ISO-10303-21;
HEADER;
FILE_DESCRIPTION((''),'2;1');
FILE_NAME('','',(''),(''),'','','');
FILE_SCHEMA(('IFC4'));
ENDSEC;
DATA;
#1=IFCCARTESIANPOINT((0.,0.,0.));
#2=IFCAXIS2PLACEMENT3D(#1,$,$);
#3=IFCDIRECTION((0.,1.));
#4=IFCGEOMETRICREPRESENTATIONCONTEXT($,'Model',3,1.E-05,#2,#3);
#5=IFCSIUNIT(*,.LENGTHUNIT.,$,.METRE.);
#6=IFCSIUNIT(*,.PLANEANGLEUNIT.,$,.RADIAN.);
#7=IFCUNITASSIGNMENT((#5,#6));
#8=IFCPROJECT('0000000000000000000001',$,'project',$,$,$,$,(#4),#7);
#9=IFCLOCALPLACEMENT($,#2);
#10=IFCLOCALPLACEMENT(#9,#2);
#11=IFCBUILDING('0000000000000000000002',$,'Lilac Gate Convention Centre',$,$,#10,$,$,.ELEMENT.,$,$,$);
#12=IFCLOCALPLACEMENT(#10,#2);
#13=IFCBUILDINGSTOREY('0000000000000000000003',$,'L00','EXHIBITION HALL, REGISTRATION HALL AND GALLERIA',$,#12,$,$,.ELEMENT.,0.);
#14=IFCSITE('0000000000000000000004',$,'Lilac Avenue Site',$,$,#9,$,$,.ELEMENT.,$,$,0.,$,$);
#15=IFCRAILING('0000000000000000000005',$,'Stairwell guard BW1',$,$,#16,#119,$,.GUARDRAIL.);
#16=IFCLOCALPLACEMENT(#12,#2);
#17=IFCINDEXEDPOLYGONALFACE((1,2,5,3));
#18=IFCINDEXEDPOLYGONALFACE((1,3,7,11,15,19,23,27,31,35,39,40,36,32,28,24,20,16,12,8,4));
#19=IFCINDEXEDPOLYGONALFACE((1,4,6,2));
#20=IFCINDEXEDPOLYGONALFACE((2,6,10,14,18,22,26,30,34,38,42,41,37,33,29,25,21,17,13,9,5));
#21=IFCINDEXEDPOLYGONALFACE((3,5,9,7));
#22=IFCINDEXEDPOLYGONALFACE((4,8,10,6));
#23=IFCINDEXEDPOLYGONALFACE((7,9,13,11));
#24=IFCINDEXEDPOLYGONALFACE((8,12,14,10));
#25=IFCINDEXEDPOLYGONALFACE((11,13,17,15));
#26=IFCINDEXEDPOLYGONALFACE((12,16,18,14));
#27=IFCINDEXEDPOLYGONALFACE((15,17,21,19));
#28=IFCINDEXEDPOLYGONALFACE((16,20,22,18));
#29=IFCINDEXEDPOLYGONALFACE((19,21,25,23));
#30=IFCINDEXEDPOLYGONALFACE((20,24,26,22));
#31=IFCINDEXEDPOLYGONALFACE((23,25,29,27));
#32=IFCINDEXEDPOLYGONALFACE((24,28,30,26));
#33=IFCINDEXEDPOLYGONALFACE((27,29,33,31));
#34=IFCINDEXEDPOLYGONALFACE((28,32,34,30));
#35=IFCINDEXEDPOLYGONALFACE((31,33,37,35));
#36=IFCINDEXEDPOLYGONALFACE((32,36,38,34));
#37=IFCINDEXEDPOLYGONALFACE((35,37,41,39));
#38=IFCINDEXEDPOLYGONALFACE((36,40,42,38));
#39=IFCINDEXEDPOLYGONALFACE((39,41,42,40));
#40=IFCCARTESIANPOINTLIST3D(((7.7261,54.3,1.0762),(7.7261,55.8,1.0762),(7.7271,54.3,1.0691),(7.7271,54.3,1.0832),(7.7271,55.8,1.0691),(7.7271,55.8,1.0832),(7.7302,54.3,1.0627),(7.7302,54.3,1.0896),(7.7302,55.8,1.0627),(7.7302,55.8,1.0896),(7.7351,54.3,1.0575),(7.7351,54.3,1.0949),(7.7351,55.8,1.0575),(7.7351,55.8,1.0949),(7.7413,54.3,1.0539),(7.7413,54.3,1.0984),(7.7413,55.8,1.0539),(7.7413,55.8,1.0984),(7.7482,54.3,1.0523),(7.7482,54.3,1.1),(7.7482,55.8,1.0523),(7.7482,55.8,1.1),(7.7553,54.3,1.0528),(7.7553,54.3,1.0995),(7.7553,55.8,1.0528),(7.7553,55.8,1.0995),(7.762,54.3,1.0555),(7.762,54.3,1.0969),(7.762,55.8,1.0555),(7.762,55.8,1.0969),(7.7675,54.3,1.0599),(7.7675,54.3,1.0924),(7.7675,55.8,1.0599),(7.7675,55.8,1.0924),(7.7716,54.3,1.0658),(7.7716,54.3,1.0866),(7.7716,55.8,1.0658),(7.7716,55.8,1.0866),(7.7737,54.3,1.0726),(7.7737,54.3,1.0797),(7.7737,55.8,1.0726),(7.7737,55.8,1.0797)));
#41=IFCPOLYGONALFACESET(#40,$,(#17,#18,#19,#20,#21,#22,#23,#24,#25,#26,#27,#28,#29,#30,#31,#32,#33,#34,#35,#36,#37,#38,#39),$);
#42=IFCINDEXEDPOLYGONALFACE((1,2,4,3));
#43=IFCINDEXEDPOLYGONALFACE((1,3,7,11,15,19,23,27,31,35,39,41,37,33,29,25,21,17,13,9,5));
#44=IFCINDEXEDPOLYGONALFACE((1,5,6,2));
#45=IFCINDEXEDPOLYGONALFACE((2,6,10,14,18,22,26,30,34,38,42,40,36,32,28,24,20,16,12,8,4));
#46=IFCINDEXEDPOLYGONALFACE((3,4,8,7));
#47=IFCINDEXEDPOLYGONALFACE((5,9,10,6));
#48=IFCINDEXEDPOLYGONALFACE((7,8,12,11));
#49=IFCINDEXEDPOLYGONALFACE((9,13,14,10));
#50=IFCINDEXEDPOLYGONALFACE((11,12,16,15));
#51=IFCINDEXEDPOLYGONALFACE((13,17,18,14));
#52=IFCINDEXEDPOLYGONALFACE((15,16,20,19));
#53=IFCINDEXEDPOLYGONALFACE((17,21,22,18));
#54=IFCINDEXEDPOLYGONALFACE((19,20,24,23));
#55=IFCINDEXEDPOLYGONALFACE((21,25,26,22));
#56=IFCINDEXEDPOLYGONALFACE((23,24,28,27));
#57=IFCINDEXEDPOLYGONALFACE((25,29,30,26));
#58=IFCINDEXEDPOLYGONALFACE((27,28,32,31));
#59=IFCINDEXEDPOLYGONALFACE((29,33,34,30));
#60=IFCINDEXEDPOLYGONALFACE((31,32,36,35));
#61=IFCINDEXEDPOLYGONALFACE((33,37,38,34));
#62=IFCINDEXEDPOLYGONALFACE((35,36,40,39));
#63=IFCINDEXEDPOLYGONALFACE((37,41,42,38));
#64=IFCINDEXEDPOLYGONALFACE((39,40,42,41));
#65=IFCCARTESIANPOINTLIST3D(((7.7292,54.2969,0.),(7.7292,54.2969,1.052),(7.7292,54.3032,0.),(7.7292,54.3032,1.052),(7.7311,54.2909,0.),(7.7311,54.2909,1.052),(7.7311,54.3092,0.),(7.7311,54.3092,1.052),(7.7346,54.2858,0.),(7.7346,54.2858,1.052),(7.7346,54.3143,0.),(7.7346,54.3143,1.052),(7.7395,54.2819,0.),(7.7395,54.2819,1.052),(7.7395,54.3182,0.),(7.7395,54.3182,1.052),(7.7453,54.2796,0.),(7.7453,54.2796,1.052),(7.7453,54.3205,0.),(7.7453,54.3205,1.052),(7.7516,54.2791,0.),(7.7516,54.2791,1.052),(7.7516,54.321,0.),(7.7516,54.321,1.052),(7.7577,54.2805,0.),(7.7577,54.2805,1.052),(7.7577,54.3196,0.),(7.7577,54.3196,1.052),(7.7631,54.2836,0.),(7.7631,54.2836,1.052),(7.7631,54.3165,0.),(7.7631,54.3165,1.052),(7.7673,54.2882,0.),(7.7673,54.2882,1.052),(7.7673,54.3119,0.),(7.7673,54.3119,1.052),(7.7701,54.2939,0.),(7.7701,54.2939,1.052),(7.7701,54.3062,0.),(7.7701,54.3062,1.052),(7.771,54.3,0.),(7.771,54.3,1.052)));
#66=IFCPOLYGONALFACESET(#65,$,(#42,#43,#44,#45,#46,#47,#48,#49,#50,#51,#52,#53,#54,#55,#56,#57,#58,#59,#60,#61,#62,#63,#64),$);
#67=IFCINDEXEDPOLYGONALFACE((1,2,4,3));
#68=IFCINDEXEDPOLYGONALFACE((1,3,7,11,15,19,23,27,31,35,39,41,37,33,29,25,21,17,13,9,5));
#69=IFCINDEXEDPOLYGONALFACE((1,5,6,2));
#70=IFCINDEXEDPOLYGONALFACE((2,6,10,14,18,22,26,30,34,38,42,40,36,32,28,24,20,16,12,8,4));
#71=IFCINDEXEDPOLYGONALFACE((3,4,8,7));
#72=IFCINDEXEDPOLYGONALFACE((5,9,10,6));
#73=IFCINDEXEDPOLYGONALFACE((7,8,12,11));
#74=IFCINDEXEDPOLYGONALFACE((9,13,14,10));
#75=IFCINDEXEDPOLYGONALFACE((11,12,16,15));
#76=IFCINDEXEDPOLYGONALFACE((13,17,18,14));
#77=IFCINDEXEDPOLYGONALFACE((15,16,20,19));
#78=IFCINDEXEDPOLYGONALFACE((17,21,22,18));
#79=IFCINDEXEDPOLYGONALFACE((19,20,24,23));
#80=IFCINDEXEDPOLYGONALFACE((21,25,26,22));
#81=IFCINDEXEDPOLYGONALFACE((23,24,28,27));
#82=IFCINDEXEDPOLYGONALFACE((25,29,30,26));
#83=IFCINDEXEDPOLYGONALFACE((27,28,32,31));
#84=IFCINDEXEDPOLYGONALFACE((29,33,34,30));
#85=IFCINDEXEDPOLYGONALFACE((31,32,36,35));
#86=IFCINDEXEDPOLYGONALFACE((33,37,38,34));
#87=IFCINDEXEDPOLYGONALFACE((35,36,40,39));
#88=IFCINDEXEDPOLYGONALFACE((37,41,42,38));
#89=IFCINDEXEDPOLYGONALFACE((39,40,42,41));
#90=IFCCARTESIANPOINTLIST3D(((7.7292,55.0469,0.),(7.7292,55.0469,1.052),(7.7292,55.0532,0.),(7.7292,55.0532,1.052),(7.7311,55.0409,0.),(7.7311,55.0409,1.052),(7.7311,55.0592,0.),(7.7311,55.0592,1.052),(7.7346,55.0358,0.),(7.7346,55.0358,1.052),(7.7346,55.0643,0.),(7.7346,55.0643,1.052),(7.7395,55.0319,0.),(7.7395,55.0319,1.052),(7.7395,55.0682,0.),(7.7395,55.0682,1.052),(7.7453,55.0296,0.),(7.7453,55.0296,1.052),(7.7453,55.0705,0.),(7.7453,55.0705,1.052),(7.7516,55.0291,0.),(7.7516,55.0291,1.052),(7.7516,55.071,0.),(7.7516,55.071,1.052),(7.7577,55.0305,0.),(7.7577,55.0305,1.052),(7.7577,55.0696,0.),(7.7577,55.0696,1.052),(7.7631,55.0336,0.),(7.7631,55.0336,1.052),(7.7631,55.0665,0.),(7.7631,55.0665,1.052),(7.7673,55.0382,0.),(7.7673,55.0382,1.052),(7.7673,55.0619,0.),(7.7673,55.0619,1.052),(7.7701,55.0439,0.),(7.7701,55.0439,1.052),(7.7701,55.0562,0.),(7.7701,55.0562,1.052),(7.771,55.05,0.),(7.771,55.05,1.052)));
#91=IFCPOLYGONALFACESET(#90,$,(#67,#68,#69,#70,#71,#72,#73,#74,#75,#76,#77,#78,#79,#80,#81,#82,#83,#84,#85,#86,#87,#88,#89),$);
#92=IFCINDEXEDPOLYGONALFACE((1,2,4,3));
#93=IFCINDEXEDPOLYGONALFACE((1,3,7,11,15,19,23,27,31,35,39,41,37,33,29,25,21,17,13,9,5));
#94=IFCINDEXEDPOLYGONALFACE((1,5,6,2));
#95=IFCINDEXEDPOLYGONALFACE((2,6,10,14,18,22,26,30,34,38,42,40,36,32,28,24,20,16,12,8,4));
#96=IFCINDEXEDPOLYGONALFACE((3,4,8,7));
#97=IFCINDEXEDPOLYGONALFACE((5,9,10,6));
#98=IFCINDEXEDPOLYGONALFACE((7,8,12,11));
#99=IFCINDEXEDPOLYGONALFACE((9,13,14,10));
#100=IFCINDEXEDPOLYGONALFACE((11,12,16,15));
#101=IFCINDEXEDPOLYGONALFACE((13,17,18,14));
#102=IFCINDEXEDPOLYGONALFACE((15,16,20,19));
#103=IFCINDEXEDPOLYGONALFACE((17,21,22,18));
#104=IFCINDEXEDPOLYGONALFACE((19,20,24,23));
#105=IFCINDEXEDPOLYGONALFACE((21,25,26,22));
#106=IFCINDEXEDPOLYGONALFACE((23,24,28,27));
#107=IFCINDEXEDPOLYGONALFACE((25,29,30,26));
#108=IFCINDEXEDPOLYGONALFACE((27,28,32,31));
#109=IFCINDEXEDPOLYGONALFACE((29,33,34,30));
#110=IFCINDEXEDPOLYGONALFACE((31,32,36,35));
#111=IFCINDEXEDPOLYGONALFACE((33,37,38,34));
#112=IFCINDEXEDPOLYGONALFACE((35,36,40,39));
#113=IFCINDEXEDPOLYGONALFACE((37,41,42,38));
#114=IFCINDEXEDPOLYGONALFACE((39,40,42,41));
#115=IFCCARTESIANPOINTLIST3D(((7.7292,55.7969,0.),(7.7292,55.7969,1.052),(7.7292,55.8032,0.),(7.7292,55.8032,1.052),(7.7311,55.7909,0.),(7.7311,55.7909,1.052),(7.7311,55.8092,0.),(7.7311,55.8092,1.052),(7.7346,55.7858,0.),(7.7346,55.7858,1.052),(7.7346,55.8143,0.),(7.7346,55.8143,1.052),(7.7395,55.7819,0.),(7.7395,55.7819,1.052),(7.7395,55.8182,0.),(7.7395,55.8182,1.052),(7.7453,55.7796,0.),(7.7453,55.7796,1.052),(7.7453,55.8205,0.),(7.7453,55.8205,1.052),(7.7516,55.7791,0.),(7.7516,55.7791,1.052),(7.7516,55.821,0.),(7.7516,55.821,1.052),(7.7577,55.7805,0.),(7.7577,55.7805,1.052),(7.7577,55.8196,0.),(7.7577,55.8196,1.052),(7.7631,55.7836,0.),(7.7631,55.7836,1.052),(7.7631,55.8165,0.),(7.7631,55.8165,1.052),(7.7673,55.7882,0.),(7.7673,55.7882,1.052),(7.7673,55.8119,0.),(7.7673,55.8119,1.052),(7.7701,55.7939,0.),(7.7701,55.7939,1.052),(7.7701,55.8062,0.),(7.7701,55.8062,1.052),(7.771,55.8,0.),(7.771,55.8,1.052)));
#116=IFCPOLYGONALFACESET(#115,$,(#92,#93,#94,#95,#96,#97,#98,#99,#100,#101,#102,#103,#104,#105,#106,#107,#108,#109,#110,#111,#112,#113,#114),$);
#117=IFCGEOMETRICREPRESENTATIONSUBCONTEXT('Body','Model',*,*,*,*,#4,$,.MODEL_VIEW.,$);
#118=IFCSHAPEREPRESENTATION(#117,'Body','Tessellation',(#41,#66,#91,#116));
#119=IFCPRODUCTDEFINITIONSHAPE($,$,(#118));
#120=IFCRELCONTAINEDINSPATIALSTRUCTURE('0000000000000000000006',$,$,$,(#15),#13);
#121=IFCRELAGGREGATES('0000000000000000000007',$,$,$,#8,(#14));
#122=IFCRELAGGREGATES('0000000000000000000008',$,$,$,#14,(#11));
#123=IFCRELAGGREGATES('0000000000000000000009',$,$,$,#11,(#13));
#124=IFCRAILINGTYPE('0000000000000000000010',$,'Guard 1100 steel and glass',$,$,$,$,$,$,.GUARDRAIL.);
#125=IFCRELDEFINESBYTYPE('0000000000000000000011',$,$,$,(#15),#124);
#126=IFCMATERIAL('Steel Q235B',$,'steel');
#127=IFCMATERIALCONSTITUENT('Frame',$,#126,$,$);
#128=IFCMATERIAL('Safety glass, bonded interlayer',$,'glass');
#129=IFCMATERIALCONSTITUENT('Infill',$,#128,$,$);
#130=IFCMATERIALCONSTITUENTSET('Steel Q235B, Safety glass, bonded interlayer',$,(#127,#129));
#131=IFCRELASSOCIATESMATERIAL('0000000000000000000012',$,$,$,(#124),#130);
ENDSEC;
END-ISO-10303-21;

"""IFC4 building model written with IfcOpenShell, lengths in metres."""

from ifc_helpers import new_model, si_unit, direction, frame, origin, origin_2d, place, context, subcontext, project, spatial, circle, extrude, material, constituent, constituent_set, type_object, element, save


model = new_model("IFC4")

# Units and contexts
model_context = context("Model", 3, precision=1e-05, world=origin(), true_north=direction((0.0, 1.0)))
body_context = subcontext(model_context, "Body", "Model", "MODEL_VIEW")
ifc_project = project(units=[si_unit("LENGTHUNIT", "METRE"), si_unit("PLANEANGLEUNIT", "RADIAN")], contexts=[model_context])

# Site, building, storey
site_placement = place(None, origin())
site = spatial("IfcSite", under=ifc_project, at=site_placement, Name="Lilac Avenue Site", CompositionType="ELEMENT", RefElevation=0.0)
building_placement = place(site_placement, origin())
building = spatial("IfcBuilding", under=site, at=building_placement, Name="Lilac Gate Convention Centre", CompositionType="ELEMENT")
storey_placement = place(building_placement, origin())
storey = spatial("IfcBuildingStorey", under=building, at=storey_placement, Name="L00", Description="EXHIBITION HALL, REGISTRATION HALL AND GALLERIA", CompositionType="ELEMENT", Elevation=0.0)

# Railing
ifc_material_1 = material(Name="Steel Q235B", Category="steel")
ifc_constituent_1 = constituent(ifc_material_1, Name="Frame")
ifc_material_2 = material(Name="Safety glass, bonded interlayer", Category="glass")
ifc_constituent_2 = constituent(ifc_material_2, Name="Infill")
ifc_constituent_set = constituent_set(constituents=[ifc_constituent_1, ifc_constituent_2], Name="Steel Q235B, Safety glass, bonded interlayer")
railing_type_1 = type_object("IfcRailingType", Name="Guard 1100 steel and glass", PredefinedType="GUARDRAIL", material=ifc_constituent_set)
railing_placement = place(storey_placement, frame((7.75, 54.3, 0.0)))
element("IfcRailing", 1, at=railing_placement, inside=storey, type_object=railing_type_1, Name="Stairwell guard BW1", PredefinedType="GUARDRAIL", context=body_context, shape_type="SweptSolid", body=[
    extrude(circle(Radius=0.0239, at=origin_2d()), frame((0.0, 0.0, 1.0762), z_axis=(0.0, 1.0, 0.0), x_axis=(-1.0, 0.0, 0.0)), (0.0, 0.0, 1.0), 1.5),
    extrude(circle(Radius=0.021, at=origin_2d()), origin(), (0.0, 0.0, 1.0), 1.052),
    extrude(circle(Radius=0.021, at=origin_2d()), frame((0.0, 0.75, 0.0)), (0.0, 0.0, 1.0), 1.052),
    extrude(circle(Radius=0.021, at=origin_2d()), frame((0.0, 1.5, 0.0)), (0.0, 0.0, 1.0), 1.052),
])

save(model, "model.ifc")
